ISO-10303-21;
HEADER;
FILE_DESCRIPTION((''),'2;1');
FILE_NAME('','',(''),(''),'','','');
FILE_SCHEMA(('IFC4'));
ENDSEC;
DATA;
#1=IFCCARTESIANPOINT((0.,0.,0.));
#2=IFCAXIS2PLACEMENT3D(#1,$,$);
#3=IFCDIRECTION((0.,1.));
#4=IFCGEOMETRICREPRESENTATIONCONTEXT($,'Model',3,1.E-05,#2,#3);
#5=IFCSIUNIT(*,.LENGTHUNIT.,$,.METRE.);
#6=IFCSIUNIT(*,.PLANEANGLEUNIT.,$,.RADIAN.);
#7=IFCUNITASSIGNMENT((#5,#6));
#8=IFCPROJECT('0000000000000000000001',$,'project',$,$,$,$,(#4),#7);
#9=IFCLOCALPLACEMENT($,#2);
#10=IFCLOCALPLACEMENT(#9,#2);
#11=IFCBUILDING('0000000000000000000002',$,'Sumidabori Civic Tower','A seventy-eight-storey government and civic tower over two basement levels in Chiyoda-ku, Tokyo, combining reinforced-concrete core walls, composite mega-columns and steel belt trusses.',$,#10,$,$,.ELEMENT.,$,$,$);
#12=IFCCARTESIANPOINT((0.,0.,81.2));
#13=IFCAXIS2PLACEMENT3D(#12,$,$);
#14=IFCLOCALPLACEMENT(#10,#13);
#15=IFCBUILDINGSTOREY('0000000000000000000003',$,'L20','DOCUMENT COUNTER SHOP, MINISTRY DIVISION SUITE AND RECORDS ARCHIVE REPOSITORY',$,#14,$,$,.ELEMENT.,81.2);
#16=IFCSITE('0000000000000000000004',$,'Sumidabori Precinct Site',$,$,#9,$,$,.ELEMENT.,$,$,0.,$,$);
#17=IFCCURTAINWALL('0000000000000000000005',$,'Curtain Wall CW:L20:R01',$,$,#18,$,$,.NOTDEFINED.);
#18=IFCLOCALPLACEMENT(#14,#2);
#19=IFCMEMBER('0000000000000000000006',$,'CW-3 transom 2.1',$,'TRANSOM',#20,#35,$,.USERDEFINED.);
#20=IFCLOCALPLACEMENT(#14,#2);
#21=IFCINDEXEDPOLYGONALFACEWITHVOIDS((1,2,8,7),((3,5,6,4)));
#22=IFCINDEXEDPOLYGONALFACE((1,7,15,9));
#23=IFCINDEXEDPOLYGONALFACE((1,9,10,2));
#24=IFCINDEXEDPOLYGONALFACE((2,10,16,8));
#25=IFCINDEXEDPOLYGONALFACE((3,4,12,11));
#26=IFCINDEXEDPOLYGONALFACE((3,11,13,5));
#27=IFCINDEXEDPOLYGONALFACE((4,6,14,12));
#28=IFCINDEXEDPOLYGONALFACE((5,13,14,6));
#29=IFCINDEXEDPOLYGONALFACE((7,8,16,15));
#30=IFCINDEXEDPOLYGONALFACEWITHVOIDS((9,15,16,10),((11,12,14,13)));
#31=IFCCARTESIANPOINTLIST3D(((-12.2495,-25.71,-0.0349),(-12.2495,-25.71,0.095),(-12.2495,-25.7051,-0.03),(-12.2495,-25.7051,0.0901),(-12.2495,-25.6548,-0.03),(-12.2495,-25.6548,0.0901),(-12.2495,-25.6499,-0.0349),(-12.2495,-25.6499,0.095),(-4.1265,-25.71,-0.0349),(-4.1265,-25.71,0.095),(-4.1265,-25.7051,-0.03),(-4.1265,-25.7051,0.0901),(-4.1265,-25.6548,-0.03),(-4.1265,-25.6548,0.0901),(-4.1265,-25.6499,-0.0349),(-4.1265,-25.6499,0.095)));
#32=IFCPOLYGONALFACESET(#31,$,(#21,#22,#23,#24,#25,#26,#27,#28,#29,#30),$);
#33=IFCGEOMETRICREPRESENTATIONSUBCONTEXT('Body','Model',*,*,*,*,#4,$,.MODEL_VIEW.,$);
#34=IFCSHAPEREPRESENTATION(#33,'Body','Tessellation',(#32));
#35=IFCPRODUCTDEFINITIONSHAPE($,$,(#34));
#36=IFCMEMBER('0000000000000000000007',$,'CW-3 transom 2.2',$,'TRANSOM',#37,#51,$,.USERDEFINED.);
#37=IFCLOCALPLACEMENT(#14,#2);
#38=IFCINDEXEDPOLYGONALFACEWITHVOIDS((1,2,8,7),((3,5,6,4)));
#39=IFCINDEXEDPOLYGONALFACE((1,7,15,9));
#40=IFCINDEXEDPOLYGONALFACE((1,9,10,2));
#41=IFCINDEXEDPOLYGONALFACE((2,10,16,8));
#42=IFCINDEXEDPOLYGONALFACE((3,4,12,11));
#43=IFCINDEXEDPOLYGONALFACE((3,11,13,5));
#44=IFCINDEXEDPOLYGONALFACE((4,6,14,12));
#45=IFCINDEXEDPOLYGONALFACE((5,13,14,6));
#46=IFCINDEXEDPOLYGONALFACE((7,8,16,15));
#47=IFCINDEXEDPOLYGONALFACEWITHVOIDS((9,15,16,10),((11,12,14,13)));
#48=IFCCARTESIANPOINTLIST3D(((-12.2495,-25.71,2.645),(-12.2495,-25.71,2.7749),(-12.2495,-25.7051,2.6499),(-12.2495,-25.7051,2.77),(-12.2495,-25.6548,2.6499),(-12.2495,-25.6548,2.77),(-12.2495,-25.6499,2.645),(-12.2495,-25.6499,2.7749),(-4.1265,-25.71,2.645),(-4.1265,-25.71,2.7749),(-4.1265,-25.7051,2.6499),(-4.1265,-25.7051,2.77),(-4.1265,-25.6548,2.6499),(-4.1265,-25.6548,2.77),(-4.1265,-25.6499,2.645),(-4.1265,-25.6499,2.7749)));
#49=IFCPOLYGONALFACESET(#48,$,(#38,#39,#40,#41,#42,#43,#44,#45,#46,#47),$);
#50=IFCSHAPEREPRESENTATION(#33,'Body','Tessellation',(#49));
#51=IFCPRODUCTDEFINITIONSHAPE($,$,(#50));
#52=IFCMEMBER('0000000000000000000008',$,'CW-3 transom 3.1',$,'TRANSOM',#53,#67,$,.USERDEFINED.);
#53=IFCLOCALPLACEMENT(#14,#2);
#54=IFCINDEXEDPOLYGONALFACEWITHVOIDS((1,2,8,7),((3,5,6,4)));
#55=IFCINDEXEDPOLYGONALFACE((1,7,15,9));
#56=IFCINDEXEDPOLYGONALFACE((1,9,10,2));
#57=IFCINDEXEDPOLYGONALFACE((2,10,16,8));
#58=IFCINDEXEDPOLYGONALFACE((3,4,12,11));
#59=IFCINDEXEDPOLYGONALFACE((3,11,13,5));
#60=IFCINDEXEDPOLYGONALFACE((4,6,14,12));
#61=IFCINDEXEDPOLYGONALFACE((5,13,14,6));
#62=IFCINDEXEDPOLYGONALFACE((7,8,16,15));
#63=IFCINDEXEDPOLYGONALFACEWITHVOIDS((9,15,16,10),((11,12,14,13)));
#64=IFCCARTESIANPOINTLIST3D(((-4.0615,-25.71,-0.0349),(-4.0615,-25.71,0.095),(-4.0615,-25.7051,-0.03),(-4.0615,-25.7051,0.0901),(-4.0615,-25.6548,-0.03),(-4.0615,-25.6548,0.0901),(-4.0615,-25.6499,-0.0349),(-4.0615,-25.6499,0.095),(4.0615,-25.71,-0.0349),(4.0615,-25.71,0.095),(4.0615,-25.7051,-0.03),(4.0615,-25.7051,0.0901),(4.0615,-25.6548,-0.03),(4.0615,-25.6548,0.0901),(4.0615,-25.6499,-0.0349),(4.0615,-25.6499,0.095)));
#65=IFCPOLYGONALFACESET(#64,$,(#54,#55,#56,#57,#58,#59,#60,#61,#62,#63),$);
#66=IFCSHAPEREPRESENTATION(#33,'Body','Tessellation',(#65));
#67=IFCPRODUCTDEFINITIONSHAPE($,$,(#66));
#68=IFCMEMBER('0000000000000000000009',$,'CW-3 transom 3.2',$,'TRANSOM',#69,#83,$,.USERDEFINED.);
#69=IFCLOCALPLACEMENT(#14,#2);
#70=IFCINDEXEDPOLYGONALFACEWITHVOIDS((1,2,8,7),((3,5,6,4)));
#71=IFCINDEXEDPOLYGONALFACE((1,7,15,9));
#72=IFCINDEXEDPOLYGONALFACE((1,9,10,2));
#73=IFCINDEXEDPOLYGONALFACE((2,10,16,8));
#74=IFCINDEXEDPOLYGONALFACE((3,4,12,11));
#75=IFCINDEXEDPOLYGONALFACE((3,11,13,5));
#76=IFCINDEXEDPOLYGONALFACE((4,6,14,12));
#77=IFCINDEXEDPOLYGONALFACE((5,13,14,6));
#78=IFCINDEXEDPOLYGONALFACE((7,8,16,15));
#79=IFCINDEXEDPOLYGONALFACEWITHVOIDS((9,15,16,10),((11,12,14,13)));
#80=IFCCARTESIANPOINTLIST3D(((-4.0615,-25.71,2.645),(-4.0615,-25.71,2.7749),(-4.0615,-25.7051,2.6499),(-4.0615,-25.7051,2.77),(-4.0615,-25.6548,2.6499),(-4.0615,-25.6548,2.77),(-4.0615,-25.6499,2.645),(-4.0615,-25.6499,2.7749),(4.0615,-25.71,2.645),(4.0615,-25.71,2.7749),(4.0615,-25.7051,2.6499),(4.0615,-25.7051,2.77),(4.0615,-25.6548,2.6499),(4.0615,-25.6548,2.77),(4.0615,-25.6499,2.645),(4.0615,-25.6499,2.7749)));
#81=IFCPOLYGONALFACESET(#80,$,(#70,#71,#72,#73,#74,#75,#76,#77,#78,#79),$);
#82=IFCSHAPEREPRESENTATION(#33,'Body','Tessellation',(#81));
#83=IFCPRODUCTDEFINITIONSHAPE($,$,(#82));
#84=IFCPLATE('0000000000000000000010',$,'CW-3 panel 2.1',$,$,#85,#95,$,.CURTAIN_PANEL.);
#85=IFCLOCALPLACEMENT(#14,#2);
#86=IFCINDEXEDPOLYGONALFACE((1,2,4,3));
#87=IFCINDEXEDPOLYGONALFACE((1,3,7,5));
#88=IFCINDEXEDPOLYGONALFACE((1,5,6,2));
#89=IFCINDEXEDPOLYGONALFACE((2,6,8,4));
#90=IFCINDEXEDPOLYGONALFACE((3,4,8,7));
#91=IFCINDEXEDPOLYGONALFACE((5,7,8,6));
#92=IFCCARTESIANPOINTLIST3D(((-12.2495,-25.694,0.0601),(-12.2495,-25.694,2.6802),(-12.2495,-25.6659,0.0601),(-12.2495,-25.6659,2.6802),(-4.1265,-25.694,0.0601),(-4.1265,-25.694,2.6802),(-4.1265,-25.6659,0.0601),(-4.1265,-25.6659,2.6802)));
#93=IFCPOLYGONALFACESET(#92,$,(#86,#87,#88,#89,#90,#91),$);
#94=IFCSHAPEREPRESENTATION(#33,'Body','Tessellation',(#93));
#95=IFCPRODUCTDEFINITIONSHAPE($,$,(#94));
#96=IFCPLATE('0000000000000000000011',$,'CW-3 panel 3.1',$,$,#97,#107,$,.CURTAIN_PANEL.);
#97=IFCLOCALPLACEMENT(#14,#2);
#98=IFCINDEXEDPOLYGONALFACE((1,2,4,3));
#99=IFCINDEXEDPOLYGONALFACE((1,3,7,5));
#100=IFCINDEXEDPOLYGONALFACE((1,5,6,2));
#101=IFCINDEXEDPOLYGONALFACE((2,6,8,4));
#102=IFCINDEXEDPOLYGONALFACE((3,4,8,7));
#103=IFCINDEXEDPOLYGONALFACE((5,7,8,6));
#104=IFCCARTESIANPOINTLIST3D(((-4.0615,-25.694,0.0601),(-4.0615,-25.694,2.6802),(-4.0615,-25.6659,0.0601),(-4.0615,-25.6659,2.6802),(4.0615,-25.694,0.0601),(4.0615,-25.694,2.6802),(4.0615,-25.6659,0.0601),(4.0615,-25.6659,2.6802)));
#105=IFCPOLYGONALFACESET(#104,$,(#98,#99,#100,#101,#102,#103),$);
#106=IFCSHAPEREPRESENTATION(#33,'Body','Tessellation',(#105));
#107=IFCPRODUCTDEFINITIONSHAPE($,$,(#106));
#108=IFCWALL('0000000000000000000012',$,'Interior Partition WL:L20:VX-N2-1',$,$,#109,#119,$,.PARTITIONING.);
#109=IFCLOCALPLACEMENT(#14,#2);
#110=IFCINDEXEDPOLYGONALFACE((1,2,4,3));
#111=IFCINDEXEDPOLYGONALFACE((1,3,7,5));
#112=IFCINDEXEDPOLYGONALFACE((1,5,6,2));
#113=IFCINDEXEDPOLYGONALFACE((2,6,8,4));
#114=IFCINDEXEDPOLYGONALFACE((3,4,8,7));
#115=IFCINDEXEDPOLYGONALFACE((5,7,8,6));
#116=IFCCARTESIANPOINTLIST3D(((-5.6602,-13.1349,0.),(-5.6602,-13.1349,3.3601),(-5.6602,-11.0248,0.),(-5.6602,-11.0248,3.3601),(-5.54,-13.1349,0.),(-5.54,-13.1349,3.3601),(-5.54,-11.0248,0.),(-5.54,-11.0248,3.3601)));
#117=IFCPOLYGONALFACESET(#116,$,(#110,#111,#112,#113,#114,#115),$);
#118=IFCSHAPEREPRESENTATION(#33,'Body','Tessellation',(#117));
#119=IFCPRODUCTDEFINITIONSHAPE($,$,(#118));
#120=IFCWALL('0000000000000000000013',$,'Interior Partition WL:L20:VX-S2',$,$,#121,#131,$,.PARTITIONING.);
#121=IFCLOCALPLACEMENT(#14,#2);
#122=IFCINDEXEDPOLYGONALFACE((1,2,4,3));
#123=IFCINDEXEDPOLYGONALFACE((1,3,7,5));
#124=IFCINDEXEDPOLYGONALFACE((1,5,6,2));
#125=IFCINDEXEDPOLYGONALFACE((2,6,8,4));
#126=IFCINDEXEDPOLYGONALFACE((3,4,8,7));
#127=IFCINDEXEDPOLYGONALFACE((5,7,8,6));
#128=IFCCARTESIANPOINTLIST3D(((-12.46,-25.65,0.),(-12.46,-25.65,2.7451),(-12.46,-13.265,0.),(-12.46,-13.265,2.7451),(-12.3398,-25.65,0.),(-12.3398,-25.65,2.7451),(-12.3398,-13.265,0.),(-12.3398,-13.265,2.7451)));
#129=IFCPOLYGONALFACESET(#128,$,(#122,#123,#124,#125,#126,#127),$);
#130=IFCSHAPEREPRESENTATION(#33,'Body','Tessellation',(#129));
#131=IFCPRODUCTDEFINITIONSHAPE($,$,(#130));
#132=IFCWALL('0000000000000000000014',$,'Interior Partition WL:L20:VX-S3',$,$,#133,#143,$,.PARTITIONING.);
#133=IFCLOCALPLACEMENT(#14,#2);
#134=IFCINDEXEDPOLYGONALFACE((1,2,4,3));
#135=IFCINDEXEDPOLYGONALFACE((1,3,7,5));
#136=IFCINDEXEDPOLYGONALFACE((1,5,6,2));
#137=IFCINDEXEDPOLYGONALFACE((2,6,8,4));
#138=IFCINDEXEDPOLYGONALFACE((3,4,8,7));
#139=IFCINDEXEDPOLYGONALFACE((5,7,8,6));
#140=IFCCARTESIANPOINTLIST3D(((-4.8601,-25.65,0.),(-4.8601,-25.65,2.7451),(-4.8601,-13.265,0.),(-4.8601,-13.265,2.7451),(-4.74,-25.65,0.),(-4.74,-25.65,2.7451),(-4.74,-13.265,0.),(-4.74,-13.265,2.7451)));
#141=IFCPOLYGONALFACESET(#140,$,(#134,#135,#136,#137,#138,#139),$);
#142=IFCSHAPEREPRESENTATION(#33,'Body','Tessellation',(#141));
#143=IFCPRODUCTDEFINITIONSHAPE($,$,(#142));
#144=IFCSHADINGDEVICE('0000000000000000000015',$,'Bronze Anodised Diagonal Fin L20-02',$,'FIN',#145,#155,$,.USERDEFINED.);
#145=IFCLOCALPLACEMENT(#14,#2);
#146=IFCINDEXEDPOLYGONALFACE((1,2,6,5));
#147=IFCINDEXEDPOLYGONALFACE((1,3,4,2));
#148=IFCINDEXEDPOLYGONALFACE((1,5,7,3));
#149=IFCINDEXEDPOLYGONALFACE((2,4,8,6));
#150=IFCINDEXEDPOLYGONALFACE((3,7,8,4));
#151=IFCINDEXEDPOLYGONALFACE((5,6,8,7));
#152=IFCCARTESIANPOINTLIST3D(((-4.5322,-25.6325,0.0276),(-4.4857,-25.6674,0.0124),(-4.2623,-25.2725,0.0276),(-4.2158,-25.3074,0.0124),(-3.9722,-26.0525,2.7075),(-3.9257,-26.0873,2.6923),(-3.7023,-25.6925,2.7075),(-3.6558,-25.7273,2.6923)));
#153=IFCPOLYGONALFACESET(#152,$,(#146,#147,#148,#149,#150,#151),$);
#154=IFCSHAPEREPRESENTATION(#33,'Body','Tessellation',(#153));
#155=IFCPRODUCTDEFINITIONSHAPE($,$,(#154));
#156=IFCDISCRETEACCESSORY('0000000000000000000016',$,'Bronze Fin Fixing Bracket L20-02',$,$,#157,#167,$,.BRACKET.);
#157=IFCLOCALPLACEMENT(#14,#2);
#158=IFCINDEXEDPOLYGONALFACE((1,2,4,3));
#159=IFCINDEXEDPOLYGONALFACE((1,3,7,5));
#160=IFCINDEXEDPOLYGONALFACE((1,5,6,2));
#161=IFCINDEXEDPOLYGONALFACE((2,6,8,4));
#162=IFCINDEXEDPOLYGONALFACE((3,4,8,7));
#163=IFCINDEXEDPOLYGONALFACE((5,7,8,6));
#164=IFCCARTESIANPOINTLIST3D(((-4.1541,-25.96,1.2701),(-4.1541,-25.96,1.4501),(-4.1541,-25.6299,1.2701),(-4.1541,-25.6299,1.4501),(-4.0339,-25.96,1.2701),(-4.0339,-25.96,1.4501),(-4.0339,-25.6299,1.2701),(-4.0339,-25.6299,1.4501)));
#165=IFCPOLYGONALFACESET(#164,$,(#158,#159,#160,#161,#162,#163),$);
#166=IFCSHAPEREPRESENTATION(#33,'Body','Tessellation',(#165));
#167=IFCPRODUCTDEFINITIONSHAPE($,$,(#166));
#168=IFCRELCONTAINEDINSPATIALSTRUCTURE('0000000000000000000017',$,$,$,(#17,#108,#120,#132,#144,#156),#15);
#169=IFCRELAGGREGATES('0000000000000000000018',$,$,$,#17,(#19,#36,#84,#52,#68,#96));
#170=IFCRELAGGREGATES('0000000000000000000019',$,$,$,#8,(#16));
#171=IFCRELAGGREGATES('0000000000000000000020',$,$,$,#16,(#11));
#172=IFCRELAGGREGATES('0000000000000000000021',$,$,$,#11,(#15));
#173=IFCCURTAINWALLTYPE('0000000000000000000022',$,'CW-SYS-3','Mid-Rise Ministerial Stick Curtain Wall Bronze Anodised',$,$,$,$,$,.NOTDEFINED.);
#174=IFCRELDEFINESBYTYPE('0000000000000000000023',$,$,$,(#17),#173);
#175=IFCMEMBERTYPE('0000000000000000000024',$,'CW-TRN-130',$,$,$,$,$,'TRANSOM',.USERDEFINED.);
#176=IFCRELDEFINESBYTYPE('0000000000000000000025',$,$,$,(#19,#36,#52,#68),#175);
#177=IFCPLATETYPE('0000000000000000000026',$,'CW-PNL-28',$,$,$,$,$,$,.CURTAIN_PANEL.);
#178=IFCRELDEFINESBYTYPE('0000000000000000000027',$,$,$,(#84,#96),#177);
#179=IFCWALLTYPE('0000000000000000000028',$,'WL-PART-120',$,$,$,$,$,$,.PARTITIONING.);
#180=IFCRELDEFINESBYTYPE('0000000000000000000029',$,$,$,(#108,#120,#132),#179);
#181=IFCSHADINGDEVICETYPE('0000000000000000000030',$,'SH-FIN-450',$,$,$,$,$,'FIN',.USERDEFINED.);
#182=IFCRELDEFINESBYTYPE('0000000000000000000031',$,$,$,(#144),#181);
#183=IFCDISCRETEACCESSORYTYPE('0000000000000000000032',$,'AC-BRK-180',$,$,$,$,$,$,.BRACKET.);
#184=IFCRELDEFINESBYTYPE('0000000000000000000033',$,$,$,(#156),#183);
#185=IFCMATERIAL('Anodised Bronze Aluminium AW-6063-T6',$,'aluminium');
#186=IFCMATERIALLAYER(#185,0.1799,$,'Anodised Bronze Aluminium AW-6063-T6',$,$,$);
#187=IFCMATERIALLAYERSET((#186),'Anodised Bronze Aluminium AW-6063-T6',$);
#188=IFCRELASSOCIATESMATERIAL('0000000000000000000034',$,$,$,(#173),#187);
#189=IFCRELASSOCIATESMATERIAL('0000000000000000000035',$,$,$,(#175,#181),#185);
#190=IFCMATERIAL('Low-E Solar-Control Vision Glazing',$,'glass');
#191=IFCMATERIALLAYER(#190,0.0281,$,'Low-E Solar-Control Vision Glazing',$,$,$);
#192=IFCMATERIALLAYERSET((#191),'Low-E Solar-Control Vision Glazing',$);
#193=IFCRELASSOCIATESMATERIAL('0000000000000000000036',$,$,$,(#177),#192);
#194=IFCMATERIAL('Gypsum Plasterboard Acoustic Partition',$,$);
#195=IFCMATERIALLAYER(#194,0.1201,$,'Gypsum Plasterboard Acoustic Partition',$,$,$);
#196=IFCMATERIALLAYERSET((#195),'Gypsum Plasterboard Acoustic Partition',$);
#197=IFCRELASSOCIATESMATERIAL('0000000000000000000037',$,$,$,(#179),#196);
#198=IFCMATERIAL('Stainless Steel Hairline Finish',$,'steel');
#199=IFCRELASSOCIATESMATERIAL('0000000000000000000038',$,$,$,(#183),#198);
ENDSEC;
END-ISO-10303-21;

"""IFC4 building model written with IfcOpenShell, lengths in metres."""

from ifc_helpers import new_model, si_unit, direction, frame, frame_2d, origin, origin_2d, place, context, subcontext, project, spatial, rectangle, hollow_rectangle, extrude, source, transform, mapped, material, layer, layer_set, material_profile, profile_set, type_object, element, aggregate, save


model = new_model("IFC4")

# Units and contexts
model_context = context("Model", 3, precision=1e-05, world=origin(), true_north=direction((0.0, 1.0)))
body_context = subcontext(model_context, "Body", "Model", "MODEL_VIEW")
ifc_project = project(units=[si_unit("LENGTHUNIT", "METRE"), si_unit("PLANEANGLEUNIT", "RADIAN")], contexts=[model_context])

# Site, building, storey
site_placement = place(None, origin())
site = spatial("IfcSite", under=ifc_project, at=site_placement, Name="Sumidabori Precinct Site", CompositionType="ELEMENT", RefElevation=0.0)
building_placement = place(site_placement, origin())
building = spatial("IfcBuilding", under=site, at=building_placement, Name="Sumidabori Civic Tower", Description="A seventy-eight-storey government and civic tower over two basement levels in Chiyoda-ku, Tokyo, combining reinforced-concrete core walls, composite mega-columns and steel belt trusses.", CompositionType="ELEMENT")
storey_placement = place(building_placement, frame((0.0, 0.0, 81.2)))
storey = spatial("IfcBuildingStorey", under=building, at=storey_placement, Name="L20", Description="DOCUMENT COUNTER SHOP, MINISTRY DIVISION SUITE AND RECORDS ARCHIVE REPOSITORY", CompositionType="ELEMENT", Elevation=81.2)

# Curtain wall, members, plates
ifc_material_1 = material(Name="Anodised Bronze Aluminium AW-6063-T6", Category="aluminium")
ifc_layer_1 = layer(ifc_material_1, 0.1799, Name="Anodised Bronze Aluminium AW-6063-T6")
ifc_layer_set_1 = layer_set([ifc_layer_1], Name="Anodised Bronze Aluminium AW-6063-T6")
curtain_wall_type = type_object("IfcCurtainWallType", Name="CW-SYS-3", Description="Mid-Rise Ministerial Stick Curtain Wall Bronze Anodised", PredefinedType="NOTDEFINED", material=ifc_layer_set_1)
curtain_wall_placement = place(storey_placement, origin())
curtain_wall = element("IfcCurtainWall", 1, at=curtain_wall_placement, inside=storey, type_object=curtain_wall_type, Name="Curtain Wall CW:L20:R01", PredefinedType="NOTDEFINED")
ifc_material_profile_1 = material_profile(ifc_material_1, hollow_rectangle(XDim=0.0601, YDim=0.1299, WallThickness=0.0049, at=origin_2d()), Name="ALU TRANSOM 130x60")
ifc_profile_set_1 = profile_set([ifc_material_profile_1], Name="Anodised Bronze Aluminium AW-6063-T6")
member_type_1 = type_object("IfcMemberType", Name="CW-TRN-130", ElementType="TRANSOM", PredefinedType="USERDEFINED", material=ifc_profile_set_1)
shared_shape_1 = source(origin(), body_context, "Body", "SweptSolid", [
    extrude(hollow_rectangle(XDim=0.0601, YDim=0.1299, WallThickness=0.0049, at=origin_2d()), origin(), (0.0, 0.0, 1.0), 8.123),
])
member_1_placement = place(storey_placement, frame((-12.2495, -25.6799, 0.03), z_axis=(1.0, 0.0, 0.0), x_axis=(0.0, 1.0, 0.0)))
member_1 = element("IfcMember", 2, at=member_1_placement, type_object=member_type_1, Name="CW-3 transom 2.1", ObjectType="TRANSOM", PredefinedType="USERDEFINED", context=body_context, shape_type="MappedRepresentation", body=[
    mapped(shared_shape_1, transform((0.0, 0.0, 0.0), x_axis=(1.0, 0.0, 0.0), y_axis=(0.0, 1.0, 0.0), z_axis=(0.0, 0.0, 1.0), scale=1.0)),
])
member_2_placement = place(storey_placement, frame((-12.2495, -25.6799, 2.71), z_axis=(1.0, 0.0, 0.0), x_axis=(0.0, 1.0, 0.0)))
member_2 = element("IfcMember", 3, at=member_2_placement, type_object=member_type_1, Name="CW-3 transom 2.2", ObjectType="TRANSOM", PredefinedType="USERDEFINED", context=body_context, shape_type="MappedRepresentation", body=[
    mapped(shared_shape_1, transform((0.0, 0.0, 0.0), x_axis=(1.0, 0.0, 0.0), y_axis=(0.0, 1.0, 0.0), z_axis=(0.0, 0.0, 1.0), scale=1.0)),
])
member_3_placement = place(storey_placement, frame((-4.0615, -25.6799, 0.03), z_axis=(1.0, 0.0, 0.0), x_axis=(0.0, 1.0, 0.0)))
member_3 = element("IfcMember", 4, at=member_3_placement, type_object=member_type_1, Name="CW-3 transom 3.1", ObjectType="TRANSOM", PredefinedType="USERDEFINED", context=body_context, shape_type="MappedRepresentation", body=[
    mapped(shared_shape_1, transform((0.0, 0.0, 0.0), x_axis=(1.0, 0.0, 0.0), y_axis=(0.0, 1.0, 0.0), z_axis=(0.0, 0.0, 1.0), scale=1.0)),
])
member_4_placement = place(storey_placement, frame((-4.0615, -25.6799, 2.71), z_axis=(1.0, 0.0, 0.0), x_axis=(0.0, 1.0, 0.0)))
member_4 = element("IfcMember", 5, at=member_4_placement, type_object=member_type_1, Name="CW-3 transom 3.2", ObjectType="TRANSOM", PredefinedType="USERDEFINED", context=body_context, shape_type="MappedRepresentation", body=[
    mapped(shared_shape_1, transform((0.0, 0.0, 0.0), x_axis=(1.0, 0.0, 0.0), y_axis=(0.0, 1.0, 0.0), z_axis=(0.0, 0.0, 1.0), scale=1.0)),
])
ifc_material_2 = material(Name="Low-E Solar-Control Vision Glazing", Category="glass")
ifc_layer_2 = layer(ifc_material_2, 0.0281, Name="Low-E Solar-Control Vision Glazing")
ifc_layer_set_2 = layer_set([ifc_layer_2], Name="Low-E Solar-Control Vision Glazing")
plate_type = type_object("IfcPlateType", Name="CW-PNL-28", PredefinedType="CURTAIN_PANEL", material=ifc_layer_set_2)
shared_shape_2 = source(origin(), body_context, "Body", "SweptSolid", [
    extrude(rectangle(XDim=8.123, YDim=0.0281, at=origin_2d()), origin(), (0.0, 0.0, 1.0), 2.6201),
])
plate_1_placement = place(storey_placement, frame((-8.188, -25.6799, 0.0601), z_axis=(0.0, 0.0, 1.0), x_axis=(1.0, 0.0, 0.0)))
plate_1 = element("IfcPlate", 6, at=plate_1_placement, type_object=plate_type, Name="CW-3 panel 2.1", PredefinedType="CURTAIN_PANEL", context=body_context, shape_type="MappedRepresentation", body=[
    mapped(shared_shape_2, transform((0.0, 0.0, 0.0), x_axis=(1.0, 0.0, 0.0), y_axis=(0.0, 1.0, 0.0), z_axis=(0.0, 0.0, 1.0), scale=1.0)),
])
plate_2_placement = place(storey_placement, frame((0.0, -25.6799, 0.0601), z_axis=(0.0, 0.0, 1.0), x_axis=(1.0, 0.0, 0.0)))
plate_2 = element("IfcPlate", 7, at=plate_2_placement, type_object=plate_type, Name="CW-3 panel 3.1", PredefinedType="CURTAIN_PANEL", context=body_context, shape_type="MappedRepresentation", body=[
    mapped(shared_shape_2, transform((0.0, 0.0, 0.0), x_axis=(1.0, 0.0, 0.0), y_axis=(0.0, 1.0, 0.0), z_axis=(0.0, 0.0, 1.0), scale=1.0)),
])
aggregate(curtain_wall, [member_1, member_2, plate_1, member_3, member_4, plate_2])

# Walls
ifc_material_3 = material(Name="Gypsum Plasterboard Acoustic Partition")
ifc_layer_3 = layer(ifc_material_3, 0.1201, Name="Gypsum Plasterboard Acoustic Partition")
ifc_layer_set_3 = layer_set([ifc_layer_3], Name="Gypsum Plasterboard Acoustic Partition")
wall_type = type_object("IfcWallType", Name="WL-PART-120", PredefinedType="PARTITIONING", material=ifc_layer_set_3)
shared_shape_3 = source(origin(), body_context, "Body", "SweptSolid", [
    extrude(rectangle(XDim=2.1101, YDim=0.1201, at=frame_2d((1.0552, 0.0))), origin(), (0.0, 0.0, 1.0), 3.3601),
])
wall_placement = place(storey_placement, frame((-5.6001, -13.135, 0.0), z_axis=(0.0, 0.0, 1.0), x_axis=(0.0, 1.0, 0.0)))
element("IfcWall", 8, at=wall_placement, inside=storey, type_object=wall_type, Name="Interior Partition WL:L20:VX-N2-1", PredefinedType="PARTITIONING", context=body_context, shape_type="MappedRepresentation", body=[
    mapped(shared_shape_3, transform((0.0, 0.0, 0.0), x_axis=(1.0, 0.0, 0.0), y_axis=(0.0, 1.0, 0.0), z_axis=(0.0, 0.0, 1.0), scale=1.0)),
])
shared_shape_4 = source(origin(), body_context, "Body", "SweptSolid", [
    extrude(rectangle(XDim=12.385, YDim=0.1201, at=frame_2d((6.1924, 0.0))), origin(), (0.0, 0.0, 1.0), 2.7451),
])
for number, where, z_axis, x_axis, name in (
    (9, (-12.3999, -25.6499, 0.0), (0.0, 0.0, 1.0), (0.0, 1.0, 0.0), "Interior Partition WL:L20:VX-S2"),
    (10, (-4.8, -25.6499, 0.0), (0.0, 0.0, 1.0), (0.0, 1.0, 0.0), "Interior Partition WL:L20:VX-S3"),
):
    element("IfcWall", number, at=place(storey_placement, frame(where, z_axis=z_axis, x_axis=x_axis)), inside=storey, type_object=wall_type, Name=name, PredefinedType="PARTITIONING", context=body_context, shape_type="MappedRepresentation", body=[
        mapped(shared_shape_4, transform((0.0, 0.0, 0.0), x_axis=(1.0, 0.0, 0.0), y_axis=(0.0, 1.0, 0.0), z_axis=(0.0, 0.0, 1.0), scale=1.0)),
    ])

# Shading device
ifc_material_profile_2 = material_profile(ifc_material_1, rectangle(XDim=0.0601, YDim=0.45, at=origin_2d()), Name="BRONZE FIN 450x60")
ifc_profile_set_2 = profile_set([ifc_material_profile_2], Name="Anodised Bronze Aluminium AW-6063-T6")
shading_device_type = type_object("IfcShadingDeviceType", Name="SH-FIN-450", ElementType="FIN", PredefinedType="USERDEFINED", material=ifc_profile_set_2)
shared_shape_5 = source(origin(), body_context, "Body", "SweptSolid", [
    extrude(rectangle(XDim=0.0601, YDim=0.45, at=origin_2d()), origin(), (0.0, 0.0, 1.0), 2.7698),
])
shading_device_placement = place(storey_placement, frame((-4.374, -25.47, 0.02), z_axis=(0.202199, -0.151605, 0.967539), x_axis=(0.774112, -0.580415, -0.252722)))
element("IfcShadingDevice", 11, at=shading_device_placement, inside=storey, type_object=shading_device_type, Name="Bronze Anodised Diagonal Fin L20-02", ObjectType="FIN", PredefinedType="USERDEFINED", context=body_context, shape_type="MappedRepresentation", body=[
    mapped(shared_shape_5, transform((0.0, 0.0, 0.0), x_axis=(1.0, 0.0, 0.0), y_axis=(0.0, 1.0, 0.0), z_axis=(0.0, 0.0, 1.0), scale=1.0)),
])

# Discrete accessory
ifc_material_4 = material(Name="Stainless Steel Hairline Finish", Category="steel")
ifc_material_profile_3 = material_profile(ifc_material_4, rectangle(XDim=0.1201, YDim=0.1799, at=origin_2d()), Name="STEEL BRACKET 180x120")
ifc_profile_set_3 = profile_set([ifc_material_profile_3], Name="Stainless Steel Hairline Finish")
discrete_accessory_type = type_object("IfcDiscreteAccessoryType", Name="AC-BRK-180", PredefinedType="BRACKET", material=ifc_profile_set_3)
shared_shape_6 = source(origin(), body_context, "Body", "SweptSolid", [
    extrude(rectangle(XDim=0.1201, YDim=0.1799, at=origin_2d()), origin(), (0.0, 0.0, 1.0), 0.3301),
])
discrete_accessory_placement = place(storey_placement, frame((-4.094, -25.6299, 1.3601), z_axis=(0.0, -1.0, 0.0), x_axis=(1.0, 0.0, 0.0)))
element("IfcDiscreteAccessory", 12, at=discrete_accessory_placement, inside=storey, type_object=discrete_accessory_type, Name="Bronze Fin Fixing Bracket L20-02", PredefinedType="BRACKET", context=body_context, shape_type="MappedRepresentation", body=[
    mapped(shared_shape_6, transform((0.0, 0.0, 0.0), x_axis=(1.0, 0.0, 0.0), y_axis=(0.0, 1.0, 0.0), z_axis=(0.0, 0.0, 1.0), scale=1.0)),
])

save(model, "model.ifc")
